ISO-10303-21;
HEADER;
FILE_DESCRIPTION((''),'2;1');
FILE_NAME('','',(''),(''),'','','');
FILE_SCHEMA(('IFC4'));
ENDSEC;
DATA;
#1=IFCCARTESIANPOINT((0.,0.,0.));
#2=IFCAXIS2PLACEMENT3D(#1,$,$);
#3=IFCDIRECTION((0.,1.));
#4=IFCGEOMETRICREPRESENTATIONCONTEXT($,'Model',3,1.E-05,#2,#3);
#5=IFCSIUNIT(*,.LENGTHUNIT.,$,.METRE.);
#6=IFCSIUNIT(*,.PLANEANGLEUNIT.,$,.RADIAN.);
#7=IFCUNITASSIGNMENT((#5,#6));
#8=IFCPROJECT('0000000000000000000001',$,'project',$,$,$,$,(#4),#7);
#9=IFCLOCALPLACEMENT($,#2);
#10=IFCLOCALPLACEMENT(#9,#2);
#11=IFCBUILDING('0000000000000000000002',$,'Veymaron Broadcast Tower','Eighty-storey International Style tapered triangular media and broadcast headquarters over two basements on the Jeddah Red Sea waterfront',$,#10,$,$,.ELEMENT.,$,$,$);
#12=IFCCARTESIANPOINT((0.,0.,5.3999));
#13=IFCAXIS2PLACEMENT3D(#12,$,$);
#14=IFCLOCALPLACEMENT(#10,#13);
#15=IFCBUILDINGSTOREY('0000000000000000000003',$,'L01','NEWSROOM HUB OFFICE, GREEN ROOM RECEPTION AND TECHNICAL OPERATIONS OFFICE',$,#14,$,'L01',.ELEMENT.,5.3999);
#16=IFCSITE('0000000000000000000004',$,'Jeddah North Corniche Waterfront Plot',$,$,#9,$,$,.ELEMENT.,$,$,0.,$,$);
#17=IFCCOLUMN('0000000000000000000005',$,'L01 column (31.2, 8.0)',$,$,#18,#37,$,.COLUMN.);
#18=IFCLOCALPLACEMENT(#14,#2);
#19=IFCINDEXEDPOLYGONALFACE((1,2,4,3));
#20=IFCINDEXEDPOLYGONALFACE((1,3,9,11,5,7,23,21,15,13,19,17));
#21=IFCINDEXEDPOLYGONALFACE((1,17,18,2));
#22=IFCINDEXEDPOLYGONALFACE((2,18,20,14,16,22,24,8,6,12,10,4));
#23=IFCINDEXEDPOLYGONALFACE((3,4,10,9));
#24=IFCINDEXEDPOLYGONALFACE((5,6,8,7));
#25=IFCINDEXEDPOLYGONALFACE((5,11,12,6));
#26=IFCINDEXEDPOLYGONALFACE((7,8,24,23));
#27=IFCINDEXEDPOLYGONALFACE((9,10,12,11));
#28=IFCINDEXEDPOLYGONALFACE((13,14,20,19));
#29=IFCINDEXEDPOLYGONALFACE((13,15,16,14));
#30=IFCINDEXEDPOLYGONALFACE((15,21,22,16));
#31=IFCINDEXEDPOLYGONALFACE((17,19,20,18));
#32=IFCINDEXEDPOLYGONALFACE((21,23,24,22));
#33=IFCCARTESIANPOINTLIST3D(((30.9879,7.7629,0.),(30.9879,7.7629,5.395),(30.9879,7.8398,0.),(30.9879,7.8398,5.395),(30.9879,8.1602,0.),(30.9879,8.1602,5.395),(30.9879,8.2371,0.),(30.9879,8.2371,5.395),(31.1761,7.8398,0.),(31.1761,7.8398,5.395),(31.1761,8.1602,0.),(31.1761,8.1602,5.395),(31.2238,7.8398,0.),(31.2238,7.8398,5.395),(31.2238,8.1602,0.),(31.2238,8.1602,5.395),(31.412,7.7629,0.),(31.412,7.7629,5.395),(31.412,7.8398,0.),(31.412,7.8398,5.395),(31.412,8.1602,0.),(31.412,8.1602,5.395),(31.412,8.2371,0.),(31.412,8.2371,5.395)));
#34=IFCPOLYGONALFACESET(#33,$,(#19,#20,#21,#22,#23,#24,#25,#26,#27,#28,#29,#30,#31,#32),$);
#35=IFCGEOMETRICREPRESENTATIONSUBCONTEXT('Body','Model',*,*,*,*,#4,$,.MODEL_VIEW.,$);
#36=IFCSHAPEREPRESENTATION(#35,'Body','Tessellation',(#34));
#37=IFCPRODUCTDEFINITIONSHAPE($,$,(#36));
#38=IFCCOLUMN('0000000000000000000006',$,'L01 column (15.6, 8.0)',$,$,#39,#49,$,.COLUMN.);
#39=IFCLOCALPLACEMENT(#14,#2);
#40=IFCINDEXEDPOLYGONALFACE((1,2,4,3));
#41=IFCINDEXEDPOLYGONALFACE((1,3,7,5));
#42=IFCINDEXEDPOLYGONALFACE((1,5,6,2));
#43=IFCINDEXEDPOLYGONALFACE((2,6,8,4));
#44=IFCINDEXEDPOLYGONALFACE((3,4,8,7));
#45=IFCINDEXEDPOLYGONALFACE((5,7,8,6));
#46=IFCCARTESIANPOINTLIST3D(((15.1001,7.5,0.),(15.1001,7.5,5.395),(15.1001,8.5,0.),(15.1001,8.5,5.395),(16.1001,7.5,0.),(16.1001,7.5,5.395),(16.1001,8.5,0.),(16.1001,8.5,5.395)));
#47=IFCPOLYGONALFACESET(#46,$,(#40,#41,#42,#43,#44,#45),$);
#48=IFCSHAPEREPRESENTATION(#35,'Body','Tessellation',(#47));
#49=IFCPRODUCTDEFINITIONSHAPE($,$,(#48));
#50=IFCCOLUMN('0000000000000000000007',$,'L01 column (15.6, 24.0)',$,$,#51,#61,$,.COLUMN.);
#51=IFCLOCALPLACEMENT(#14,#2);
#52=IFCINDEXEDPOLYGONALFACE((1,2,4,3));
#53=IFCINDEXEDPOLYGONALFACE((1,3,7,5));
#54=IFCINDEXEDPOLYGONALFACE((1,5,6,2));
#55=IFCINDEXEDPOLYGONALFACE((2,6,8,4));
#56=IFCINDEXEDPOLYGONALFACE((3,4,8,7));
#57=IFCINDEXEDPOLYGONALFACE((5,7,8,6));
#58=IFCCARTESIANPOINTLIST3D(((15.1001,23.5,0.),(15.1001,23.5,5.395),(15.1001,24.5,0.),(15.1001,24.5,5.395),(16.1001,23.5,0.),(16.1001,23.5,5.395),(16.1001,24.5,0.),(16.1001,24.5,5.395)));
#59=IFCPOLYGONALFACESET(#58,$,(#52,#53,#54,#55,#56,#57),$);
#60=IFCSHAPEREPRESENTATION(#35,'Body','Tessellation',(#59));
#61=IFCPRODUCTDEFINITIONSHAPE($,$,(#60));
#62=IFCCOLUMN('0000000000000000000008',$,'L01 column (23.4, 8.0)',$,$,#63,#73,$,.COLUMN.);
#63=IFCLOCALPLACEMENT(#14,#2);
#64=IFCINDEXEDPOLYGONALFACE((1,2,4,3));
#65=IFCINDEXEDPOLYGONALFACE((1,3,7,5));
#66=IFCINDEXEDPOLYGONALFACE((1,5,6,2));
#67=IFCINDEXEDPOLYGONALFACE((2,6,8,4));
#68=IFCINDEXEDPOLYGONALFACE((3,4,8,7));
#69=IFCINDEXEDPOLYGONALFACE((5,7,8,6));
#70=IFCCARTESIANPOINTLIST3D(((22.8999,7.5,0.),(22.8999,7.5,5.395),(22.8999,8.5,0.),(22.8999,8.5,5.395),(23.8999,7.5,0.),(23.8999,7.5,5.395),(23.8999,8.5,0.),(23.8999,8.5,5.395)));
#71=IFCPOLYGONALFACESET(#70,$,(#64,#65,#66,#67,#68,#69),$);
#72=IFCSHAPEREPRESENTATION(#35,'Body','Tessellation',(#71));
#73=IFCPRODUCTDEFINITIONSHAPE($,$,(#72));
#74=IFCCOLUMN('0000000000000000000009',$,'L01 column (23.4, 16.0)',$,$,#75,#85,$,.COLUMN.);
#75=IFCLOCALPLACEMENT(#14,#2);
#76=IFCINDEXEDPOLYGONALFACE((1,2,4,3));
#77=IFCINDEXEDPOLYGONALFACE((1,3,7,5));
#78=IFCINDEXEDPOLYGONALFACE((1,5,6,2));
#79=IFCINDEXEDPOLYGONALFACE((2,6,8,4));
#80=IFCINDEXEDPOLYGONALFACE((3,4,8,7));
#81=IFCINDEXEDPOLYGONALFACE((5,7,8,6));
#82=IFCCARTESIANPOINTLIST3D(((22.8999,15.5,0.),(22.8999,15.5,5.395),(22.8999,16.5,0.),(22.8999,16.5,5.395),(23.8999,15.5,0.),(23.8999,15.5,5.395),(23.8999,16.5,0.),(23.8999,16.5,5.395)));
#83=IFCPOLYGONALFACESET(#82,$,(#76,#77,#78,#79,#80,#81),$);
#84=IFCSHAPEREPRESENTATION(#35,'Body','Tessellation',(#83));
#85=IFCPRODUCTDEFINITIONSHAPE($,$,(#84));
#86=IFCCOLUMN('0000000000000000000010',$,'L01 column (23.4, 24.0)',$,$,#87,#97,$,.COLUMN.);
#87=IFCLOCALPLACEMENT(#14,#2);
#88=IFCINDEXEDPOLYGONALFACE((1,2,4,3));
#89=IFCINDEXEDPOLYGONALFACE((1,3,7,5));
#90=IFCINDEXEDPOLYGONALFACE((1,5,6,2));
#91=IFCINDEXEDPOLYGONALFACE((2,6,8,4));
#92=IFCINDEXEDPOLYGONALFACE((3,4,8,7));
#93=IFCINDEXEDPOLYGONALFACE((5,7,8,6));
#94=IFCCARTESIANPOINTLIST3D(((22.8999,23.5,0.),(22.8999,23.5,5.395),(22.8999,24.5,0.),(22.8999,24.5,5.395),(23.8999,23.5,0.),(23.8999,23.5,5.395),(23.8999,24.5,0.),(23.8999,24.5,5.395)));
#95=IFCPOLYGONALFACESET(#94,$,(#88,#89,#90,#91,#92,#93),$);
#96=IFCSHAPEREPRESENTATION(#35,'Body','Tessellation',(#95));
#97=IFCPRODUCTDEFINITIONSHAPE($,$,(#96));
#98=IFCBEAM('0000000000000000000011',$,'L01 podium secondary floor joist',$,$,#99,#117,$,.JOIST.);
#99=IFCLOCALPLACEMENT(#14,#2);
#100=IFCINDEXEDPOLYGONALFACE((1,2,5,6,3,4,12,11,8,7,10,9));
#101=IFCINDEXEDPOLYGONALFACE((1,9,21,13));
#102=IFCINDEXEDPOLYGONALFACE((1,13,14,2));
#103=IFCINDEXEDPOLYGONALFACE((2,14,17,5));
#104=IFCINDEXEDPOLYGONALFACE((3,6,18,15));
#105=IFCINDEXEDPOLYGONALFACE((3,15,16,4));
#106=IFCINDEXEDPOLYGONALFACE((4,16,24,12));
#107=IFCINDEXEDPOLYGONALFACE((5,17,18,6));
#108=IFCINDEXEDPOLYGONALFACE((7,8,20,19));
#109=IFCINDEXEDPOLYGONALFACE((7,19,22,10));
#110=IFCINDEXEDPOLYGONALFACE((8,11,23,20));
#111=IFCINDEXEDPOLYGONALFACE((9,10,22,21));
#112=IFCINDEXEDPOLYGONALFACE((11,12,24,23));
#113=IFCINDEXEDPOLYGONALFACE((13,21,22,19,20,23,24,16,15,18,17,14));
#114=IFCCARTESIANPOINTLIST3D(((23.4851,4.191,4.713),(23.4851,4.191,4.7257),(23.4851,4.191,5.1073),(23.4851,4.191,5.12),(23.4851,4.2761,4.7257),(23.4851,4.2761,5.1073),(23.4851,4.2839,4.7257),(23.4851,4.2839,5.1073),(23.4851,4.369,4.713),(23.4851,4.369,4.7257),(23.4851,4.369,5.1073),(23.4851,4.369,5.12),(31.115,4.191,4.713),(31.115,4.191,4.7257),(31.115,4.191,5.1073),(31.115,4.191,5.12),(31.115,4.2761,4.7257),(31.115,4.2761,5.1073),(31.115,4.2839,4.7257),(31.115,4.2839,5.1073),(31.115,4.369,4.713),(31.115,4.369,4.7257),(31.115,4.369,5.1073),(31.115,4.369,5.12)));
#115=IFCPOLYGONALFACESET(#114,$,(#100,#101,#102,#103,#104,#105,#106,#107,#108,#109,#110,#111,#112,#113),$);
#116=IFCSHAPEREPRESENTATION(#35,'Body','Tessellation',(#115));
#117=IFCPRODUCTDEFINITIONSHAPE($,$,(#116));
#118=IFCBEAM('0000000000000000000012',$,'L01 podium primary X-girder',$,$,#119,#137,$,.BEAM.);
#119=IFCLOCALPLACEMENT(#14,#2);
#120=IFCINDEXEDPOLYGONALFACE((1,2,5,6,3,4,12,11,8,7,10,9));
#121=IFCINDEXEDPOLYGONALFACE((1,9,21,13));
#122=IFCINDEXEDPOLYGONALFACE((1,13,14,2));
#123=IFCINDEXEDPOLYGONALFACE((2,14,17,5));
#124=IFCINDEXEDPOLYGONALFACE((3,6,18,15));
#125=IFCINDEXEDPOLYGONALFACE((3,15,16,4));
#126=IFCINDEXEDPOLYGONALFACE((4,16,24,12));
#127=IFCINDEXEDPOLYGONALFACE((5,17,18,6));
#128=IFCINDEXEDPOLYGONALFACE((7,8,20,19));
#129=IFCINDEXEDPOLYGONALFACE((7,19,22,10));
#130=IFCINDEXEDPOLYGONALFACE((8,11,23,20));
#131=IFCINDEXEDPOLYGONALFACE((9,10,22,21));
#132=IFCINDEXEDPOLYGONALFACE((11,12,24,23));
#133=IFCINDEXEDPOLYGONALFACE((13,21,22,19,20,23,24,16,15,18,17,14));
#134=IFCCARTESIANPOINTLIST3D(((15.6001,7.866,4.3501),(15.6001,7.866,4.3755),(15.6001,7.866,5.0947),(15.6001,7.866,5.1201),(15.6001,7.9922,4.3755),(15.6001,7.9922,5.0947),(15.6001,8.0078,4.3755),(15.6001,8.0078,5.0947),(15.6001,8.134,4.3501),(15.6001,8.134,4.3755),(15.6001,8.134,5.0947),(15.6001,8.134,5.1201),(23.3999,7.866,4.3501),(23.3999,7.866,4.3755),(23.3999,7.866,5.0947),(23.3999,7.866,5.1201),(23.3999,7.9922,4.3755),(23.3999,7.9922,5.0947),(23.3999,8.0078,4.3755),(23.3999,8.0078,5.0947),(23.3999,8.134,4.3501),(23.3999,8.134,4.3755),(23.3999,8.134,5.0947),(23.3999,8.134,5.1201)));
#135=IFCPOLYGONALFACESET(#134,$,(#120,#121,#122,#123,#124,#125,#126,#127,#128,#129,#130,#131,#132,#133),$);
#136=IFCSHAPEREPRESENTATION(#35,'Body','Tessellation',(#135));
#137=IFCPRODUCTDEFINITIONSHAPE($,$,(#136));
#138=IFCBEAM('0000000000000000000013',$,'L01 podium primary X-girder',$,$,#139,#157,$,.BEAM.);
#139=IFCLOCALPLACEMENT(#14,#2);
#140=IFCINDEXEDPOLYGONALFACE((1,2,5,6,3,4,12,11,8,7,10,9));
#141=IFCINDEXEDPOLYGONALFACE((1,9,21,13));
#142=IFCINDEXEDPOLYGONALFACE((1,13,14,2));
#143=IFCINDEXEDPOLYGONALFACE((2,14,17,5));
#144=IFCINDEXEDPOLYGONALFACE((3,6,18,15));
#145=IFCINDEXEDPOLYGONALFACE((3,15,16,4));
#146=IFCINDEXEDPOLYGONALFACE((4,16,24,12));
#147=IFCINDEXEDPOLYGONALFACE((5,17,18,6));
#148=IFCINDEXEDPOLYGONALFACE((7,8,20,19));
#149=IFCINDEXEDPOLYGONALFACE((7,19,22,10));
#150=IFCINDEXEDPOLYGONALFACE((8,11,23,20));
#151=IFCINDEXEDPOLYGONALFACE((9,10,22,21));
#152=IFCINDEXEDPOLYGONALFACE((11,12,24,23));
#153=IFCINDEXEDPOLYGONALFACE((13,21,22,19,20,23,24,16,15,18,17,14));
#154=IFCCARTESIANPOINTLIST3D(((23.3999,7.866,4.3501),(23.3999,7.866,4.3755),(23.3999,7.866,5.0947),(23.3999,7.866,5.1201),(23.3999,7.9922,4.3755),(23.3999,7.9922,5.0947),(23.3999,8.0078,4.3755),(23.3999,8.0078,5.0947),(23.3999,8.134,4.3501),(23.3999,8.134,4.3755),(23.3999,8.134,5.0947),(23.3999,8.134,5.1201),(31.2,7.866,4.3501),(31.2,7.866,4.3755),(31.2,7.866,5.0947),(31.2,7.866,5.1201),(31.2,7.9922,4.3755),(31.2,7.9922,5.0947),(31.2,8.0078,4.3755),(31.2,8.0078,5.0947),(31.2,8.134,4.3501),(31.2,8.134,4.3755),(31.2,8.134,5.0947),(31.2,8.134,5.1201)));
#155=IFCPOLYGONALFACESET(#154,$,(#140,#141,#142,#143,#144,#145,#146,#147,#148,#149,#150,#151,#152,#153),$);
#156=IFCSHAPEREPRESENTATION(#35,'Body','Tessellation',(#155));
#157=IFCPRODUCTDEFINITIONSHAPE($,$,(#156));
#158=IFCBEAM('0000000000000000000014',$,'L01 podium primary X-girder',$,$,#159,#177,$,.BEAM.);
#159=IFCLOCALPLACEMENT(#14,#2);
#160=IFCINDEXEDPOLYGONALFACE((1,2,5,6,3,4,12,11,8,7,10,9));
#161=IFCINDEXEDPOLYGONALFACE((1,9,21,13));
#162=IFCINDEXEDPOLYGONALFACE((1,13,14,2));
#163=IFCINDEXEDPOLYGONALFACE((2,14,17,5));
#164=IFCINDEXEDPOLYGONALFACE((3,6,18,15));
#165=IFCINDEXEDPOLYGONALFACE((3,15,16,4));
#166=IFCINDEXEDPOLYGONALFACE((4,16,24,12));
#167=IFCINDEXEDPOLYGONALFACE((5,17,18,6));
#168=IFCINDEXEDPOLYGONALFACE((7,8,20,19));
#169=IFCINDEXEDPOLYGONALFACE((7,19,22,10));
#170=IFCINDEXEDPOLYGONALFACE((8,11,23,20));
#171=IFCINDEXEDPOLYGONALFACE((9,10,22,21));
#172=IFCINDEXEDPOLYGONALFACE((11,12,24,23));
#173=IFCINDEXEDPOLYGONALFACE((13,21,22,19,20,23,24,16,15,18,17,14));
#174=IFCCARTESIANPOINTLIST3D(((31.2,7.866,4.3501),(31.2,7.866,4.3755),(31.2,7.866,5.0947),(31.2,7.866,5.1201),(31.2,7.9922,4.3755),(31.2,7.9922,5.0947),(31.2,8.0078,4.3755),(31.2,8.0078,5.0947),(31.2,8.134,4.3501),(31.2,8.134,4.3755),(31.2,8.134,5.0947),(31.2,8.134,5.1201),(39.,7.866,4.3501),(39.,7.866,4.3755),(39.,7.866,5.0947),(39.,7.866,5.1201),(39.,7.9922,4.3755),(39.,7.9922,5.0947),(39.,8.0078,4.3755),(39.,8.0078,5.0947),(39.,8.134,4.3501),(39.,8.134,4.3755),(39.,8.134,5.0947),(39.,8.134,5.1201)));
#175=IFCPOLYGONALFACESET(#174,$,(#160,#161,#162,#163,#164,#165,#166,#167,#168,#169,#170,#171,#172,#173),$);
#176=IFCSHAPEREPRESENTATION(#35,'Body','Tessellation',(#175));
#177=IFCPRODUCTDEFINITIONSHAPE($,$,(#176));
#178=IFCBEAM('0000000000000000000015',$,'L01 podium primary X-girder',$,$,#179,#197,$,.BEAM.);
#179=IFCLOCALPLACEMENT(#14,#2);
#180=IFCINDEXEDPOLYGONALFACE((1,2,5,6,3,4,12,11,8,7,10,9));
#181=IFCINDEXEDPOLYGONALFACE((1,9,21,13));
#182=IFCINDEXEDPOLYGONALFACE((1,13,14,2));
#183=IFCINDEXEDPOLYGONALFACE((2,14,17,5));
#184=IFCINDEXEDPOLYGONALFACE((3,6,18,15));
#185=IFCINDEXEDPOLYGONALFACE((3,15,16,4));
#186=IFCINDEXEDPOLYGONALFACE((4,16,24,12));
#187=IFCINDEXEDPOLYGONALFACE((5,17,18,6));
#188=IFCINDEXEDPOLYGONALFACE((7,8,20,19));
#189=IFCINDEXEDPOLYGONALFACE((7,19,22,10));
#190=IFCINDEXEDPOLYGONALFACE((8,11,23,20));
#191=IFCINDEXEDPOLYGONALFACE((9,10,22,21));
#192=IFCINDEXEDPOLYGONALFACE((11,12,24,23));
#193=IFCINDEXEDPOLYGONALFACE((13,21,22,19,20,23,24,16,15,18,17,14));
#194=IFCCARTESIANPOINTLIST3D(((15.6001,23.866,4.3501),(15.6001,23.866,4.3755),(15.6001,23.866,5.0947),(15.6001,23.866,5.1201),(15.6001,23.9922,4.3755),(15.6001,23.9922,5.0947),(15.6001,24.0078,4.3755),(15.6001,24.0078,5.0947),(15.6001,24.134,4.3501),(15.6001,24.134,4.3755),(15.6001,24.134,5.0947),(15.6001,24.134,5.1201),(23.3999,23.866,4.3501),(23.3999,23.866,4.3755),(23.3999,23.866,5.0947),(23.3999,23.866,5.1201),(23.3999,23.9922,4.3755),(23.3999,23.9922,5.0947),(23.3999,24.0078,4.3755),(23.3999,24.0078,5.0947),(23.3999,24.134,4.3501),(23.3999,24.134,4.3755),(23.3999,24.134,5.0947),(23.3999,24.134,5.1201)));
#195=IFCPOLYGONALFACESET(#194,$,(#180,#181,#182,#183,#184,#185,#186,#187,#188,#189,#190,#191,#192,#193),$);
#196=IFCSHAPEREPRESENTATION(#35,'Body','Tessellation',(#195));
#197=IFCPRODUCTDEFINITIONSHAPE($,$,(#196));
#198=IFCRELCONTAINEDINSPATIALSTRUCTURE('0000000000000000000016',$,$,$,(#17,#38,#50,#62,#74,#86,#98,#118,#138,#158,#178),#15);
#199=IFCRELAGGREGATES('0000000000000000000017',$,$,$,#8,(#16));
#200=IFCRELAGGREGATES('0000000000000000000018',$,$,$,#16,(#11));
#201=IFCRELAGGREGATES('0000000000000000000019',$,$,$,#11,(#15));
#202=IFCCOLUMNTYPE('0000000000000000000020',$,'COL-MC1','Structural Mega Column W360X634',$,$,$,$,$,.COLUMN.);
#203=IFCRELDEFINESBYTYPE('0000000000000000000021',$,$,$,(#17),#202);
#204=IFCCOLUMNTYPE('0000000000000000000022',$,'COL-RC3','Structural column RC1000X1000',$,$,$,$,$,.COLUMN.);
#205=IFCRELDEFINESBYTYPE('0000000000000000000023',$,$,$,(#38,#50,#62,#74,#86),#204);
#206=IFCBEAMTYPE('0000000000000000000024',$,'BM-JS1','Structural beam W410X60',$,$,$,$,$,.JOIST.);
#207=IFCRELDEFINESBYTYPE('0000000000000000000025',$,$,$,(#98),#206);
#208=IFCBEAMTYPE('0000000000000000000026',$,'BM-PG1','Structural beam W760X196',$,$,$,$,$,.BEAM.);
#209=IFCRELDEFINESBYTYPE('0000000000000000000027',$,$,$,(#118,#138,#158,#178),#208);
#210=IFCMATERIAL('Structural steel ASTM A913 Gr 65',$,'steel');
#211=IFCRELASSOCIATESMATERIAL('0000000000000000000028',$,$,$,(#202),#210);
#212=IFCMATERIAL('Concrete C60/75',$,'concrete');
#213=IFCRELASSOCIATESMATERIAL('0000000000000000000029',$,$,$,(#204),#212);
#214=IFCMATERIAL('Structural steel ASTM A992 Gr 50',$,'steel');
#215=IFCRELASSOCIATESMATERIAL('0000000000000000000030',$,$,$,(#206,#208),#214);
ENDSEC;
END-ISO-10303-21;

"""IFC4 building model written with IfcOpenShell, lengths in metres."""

from ifc_helpers import new_model, si_unit, direction, frame, origin, origin_2d, place, context, subcontext, project, spatial, rectangle, i_section, extrude, material, material_profile, profile_set, type_object, element, save


model = new_model("IFC4")

# Units and contexts
model_context = context("Model", 3, precision=1e-05, world=origin(), true_north=direction((0.0, 1.0)))
body_context = subcontext(model_context, "Body", "Model", "MODEL_VIEW")
ifc_project = project(units=[si_unit("LENGTHUNIT", "METRE"), si_unit("PLANEANGLEUNIT", "RADIAN")], contexts=[model_context])

# Site, building, storey
site_placement = place(None, origin())
site = spatial("IfcSite", under=ifc_project, at=site_placement, Name="Jeddah North Corniche Waterfront Plot", CompositionType="ELEMENT", RefElevation=0.0)
building_placement = place(site_placement, origin())
building = spatial("IfcBuilding", under=site, at=building_placement, Name="Veymaron Broadcast Tower", Description="Eighty-storey International Style tapered triangular media and broadcast headquarters over two basements on the Jeddah Red Sea waterfront", CompositionType="ELEMENT")
storey_placement = place(building_placement, frame((0.0, 0.0, 5.3999)))
storey = spatial("IfcBuildingStorey", under=building, at=storey_placement, Name="L01", Description="NEWSROOM HUB OFFICE, GREEN ROOM RECEPTION AND TECHNICAL OPERATIONS OFFICE", LongName="L01", CompositionType="ELEMENT", Elevation=5.3999)

# Columns
ifc_material_1 = material(Name="Structural steel ASTM A913 Gr 65", Category="steel")
ifc_material_profile_1 = material_profile(ifc_material_1, i_section(OverallWidth=0.4241, OverallDepth=0.4741, WebThickness=0.0476, FlangeThickness=0.0769, at=origin_2d()), Name="W360X634")
ifc_profile_set_1 = profile_set([ifc_material_profile_1], Name="Structural steel ASTM A913 Gr 65")
column_type_1 = type_object("IfcColumnType", Name="COL-MC1", Description="Structural Mega Column W360X634", PredefinedType="COLUMN", material=ifc_profile_set_1)
column_placement = place(storey_placement, frame((31.2, 8.0, 0.0), z_axis=(0.0, 0.0, 1.0), x_axis=(1.0, 0.0, 0.0)))
element("IfcColumn", 1, at=column_placement, inside=storey, type_object=column_type_1, Name="L01 column (31.2, 8.0)", PredefinedType="COLUMN", context=body_context, shape_type="SweptSolid", body=[
    extrude(i_section(OverallWidth=0.4241, OverallDepth=0.4741, WebThickness=0.0476, FlangeThickness=0.0769, at=origin_2d()), origin(), (0.0, 0.0, 1.0), 5.395),
])
ifc_material_2 = material(Name="Concrete C60/75", Category="concrete")
ifc_material_profile_2 = material_profile(ifc_material_2, rectangle(XDim=1.0, YDim=1.0, at=origin_2d()), Name="RC1000X1000")
ifc_profile_set_2 = profile_set([ifc_material_profile_2], Name="Concrete C60/75")
column_type_2 = type_object("IfcColumnType", Name="COL-RC3", Description="Structural column RC1000X1000", PredefinedType="COLUMN", material=ifc_profile_set_2)
for number, where, z_axis, x_axis, name in (
    (2, (15.6001, 8.0, 0.0), (0.0, 0.0, 1.0), (1.0, 0.0, 0.0), "L01 column (15.6, 8.0)"),
    (3, (15.6001, 24.0, 0.0), (0.0, 0.0, 1.0), (1.0, 0.0, 0.0), "L01 column (15.6, 24.0)"),
    (4, (23.3999, 8.0, 0.0), (0.0, 0.0, 1.0), (1.0, 0.0, 0.0), "L01 column (23.4, 8.0)"),
    (5, (23.3999, 16.0, 0.0), (0.0, 0.0, 1.0), (1.0, 0.0, 0.0), "L01 column (23.4, 16.0)"),
    (6, (23.3999, 24.0, 0.0), (0.0, 0.0, 1.0), (1.0, 0.0, 0.0), "L01 column (23.4, 24.0)"),
):
    element("IfcColumn", number, at=place(storey_placement, frame(where, z_axis=z_axis, x_axis=x_axis)), inside=storey, type_object=column_type_2, Name=name, PredefinedType="COLUMN", context=body_context, shape_type="SweptSolid", body=[
        extrude(rectangle(XDim=1.0, YDim=1.0, at=origin_2d()), origin(), (0.0, 0.0, 1.0), 5.395),
    ])

# Beams
ifc_material_3 = material(Name="Structural steel ASTM A992 Gr 50", Category="steel")
ifc_material_profile_3 = material_profile(ifc_material_3, i_section(OverallWidth=0.178, OverallDepth=0.407, WebThickness=0.0078, FlangeThickness=0.0127, at=origin_2d()), Name="W410X60")
ifc_profile_set_3 = profile_set([ifc_material_profile_3], Name="Structural steel ASTM A992 Gr 50")
beam_type_1 = type_object("IfcBeamType", Name="BM-JS1", Description="Structural beam W410X60", PredefinedType="JOIST", material=ifc_profile_set_3)
beam_1_placement = place(storey_placement, frame((23.4851, 4.28, 4.9165), z_axis=(1.0, 0.0, 0.0), x_axis=(0.0, 1.0, 0.0)))
element("IfcBeam", 7, at=beam_1_placement, inside=storey, type_object=beam_type_1, Name="L01 podium secondary floor joist", PredefinedType="JOIST", context=body_context, shape_type="SweptSolid", body=[
    extrude(i_section(OverallWidth=0.178, OverallDepth=0.407, WebThickness=0.0078, FlangeThickness=0.0127, at=origin_2d()), origin(), (0.0, 0.0, 1.0), 7.6299),
])
ifc_material_profile_4 = material_profile(ifc_material_3, i_section(OverallWidth=0.2681, OverallDepth=0.77, WebThickness=0.0156, FlangeThickness=0.0254, at=origin_2d()), Name="W760X196")
ifc_profile_set_4 = profile_set([ifc_material_profile_4], Name="Structural steel ASTM A992 Gr 50")
beam_type_2 = type_object("IfcBeamType", Name="BM-PG1", Description="Structural beam W760X196", PredefinedType="BEAM", material=ifc_profile_set_4)
beam_2_placement = place(storey_placement, frame((15.6001, 8.0, 4.7351), z_axis=(1.0, 0.0, 0.0), x_axis=(0.0, 1.0, 0.0)))
element("IfcBeam", 8, at=beam_2_placement, inside=storey, type_object=beam_type_2, Name="L01 podium primary X-girder", PredefinedType="BEAM", context=body_context, shape_type="SweptSolid", body=[
    extrude(i_section(OverallWidth=0.2681, OverallDepth=0.77, WebThickness=0.0156, FlangeThickness=0.0254, at=origin_2d()), origin(), (0.0, 0.0, 1.0), 7.7998),
])
for number, where, z_axis, x_axis, name in (
    (9, (23.3999, 8.0, 4.7351), (1.0, 0.0, 0.0), (0.0, 1.0, 0.0), "L01 podium primary X-girder"),
    (10, (31.2, 8.0, 4.7351), (1.0, 0.0, 0.0), (0.0, 1.0, 0.0), "L01 podium primary X-girder"),
):
    element("IfcBeam", number, at=place(storey_placement, frame(where, z_axis=z_axis, x_axis=x_axis)), inside=storey, type_object=beam_type_2, Name=name, PredefinedType="BEAM", context=body_context, shape_type="SweptSolid", body=[
        extrude(i_section(OverallWidth=0.2681, OverallDepth=0.77, WebThickness=0.0156, FlangeThickness=0.0254, at=origin_2d()), origin(), (0.0, 0.0, 1.0), 7.8),
    ])
beam_3_placement = place(storey_placement, frame((15.6001, 24.0, 4.7351), z_axis=(1.0, 0.0, 0.0), x_axis=(0.0, 1.0, 0.0)))
element("IfcBeam", 11, at=beam_3_placement, inside=storey, type_object=beam_type_2, Name="L01 podium primary X-girder", PredefinedType="BEAM", context=body_context, shape_type="SweptSolid", body=[
    extrude(i_section(OverallWidth=0.2681, OverallDepth=0.77, WebThickness=0.0156, FlangeThickness=0.0254, at=origin_2d()), origin(), (0.0, 0.0, 1.0), 7.7998),
])

save(model, "model.ifc")
